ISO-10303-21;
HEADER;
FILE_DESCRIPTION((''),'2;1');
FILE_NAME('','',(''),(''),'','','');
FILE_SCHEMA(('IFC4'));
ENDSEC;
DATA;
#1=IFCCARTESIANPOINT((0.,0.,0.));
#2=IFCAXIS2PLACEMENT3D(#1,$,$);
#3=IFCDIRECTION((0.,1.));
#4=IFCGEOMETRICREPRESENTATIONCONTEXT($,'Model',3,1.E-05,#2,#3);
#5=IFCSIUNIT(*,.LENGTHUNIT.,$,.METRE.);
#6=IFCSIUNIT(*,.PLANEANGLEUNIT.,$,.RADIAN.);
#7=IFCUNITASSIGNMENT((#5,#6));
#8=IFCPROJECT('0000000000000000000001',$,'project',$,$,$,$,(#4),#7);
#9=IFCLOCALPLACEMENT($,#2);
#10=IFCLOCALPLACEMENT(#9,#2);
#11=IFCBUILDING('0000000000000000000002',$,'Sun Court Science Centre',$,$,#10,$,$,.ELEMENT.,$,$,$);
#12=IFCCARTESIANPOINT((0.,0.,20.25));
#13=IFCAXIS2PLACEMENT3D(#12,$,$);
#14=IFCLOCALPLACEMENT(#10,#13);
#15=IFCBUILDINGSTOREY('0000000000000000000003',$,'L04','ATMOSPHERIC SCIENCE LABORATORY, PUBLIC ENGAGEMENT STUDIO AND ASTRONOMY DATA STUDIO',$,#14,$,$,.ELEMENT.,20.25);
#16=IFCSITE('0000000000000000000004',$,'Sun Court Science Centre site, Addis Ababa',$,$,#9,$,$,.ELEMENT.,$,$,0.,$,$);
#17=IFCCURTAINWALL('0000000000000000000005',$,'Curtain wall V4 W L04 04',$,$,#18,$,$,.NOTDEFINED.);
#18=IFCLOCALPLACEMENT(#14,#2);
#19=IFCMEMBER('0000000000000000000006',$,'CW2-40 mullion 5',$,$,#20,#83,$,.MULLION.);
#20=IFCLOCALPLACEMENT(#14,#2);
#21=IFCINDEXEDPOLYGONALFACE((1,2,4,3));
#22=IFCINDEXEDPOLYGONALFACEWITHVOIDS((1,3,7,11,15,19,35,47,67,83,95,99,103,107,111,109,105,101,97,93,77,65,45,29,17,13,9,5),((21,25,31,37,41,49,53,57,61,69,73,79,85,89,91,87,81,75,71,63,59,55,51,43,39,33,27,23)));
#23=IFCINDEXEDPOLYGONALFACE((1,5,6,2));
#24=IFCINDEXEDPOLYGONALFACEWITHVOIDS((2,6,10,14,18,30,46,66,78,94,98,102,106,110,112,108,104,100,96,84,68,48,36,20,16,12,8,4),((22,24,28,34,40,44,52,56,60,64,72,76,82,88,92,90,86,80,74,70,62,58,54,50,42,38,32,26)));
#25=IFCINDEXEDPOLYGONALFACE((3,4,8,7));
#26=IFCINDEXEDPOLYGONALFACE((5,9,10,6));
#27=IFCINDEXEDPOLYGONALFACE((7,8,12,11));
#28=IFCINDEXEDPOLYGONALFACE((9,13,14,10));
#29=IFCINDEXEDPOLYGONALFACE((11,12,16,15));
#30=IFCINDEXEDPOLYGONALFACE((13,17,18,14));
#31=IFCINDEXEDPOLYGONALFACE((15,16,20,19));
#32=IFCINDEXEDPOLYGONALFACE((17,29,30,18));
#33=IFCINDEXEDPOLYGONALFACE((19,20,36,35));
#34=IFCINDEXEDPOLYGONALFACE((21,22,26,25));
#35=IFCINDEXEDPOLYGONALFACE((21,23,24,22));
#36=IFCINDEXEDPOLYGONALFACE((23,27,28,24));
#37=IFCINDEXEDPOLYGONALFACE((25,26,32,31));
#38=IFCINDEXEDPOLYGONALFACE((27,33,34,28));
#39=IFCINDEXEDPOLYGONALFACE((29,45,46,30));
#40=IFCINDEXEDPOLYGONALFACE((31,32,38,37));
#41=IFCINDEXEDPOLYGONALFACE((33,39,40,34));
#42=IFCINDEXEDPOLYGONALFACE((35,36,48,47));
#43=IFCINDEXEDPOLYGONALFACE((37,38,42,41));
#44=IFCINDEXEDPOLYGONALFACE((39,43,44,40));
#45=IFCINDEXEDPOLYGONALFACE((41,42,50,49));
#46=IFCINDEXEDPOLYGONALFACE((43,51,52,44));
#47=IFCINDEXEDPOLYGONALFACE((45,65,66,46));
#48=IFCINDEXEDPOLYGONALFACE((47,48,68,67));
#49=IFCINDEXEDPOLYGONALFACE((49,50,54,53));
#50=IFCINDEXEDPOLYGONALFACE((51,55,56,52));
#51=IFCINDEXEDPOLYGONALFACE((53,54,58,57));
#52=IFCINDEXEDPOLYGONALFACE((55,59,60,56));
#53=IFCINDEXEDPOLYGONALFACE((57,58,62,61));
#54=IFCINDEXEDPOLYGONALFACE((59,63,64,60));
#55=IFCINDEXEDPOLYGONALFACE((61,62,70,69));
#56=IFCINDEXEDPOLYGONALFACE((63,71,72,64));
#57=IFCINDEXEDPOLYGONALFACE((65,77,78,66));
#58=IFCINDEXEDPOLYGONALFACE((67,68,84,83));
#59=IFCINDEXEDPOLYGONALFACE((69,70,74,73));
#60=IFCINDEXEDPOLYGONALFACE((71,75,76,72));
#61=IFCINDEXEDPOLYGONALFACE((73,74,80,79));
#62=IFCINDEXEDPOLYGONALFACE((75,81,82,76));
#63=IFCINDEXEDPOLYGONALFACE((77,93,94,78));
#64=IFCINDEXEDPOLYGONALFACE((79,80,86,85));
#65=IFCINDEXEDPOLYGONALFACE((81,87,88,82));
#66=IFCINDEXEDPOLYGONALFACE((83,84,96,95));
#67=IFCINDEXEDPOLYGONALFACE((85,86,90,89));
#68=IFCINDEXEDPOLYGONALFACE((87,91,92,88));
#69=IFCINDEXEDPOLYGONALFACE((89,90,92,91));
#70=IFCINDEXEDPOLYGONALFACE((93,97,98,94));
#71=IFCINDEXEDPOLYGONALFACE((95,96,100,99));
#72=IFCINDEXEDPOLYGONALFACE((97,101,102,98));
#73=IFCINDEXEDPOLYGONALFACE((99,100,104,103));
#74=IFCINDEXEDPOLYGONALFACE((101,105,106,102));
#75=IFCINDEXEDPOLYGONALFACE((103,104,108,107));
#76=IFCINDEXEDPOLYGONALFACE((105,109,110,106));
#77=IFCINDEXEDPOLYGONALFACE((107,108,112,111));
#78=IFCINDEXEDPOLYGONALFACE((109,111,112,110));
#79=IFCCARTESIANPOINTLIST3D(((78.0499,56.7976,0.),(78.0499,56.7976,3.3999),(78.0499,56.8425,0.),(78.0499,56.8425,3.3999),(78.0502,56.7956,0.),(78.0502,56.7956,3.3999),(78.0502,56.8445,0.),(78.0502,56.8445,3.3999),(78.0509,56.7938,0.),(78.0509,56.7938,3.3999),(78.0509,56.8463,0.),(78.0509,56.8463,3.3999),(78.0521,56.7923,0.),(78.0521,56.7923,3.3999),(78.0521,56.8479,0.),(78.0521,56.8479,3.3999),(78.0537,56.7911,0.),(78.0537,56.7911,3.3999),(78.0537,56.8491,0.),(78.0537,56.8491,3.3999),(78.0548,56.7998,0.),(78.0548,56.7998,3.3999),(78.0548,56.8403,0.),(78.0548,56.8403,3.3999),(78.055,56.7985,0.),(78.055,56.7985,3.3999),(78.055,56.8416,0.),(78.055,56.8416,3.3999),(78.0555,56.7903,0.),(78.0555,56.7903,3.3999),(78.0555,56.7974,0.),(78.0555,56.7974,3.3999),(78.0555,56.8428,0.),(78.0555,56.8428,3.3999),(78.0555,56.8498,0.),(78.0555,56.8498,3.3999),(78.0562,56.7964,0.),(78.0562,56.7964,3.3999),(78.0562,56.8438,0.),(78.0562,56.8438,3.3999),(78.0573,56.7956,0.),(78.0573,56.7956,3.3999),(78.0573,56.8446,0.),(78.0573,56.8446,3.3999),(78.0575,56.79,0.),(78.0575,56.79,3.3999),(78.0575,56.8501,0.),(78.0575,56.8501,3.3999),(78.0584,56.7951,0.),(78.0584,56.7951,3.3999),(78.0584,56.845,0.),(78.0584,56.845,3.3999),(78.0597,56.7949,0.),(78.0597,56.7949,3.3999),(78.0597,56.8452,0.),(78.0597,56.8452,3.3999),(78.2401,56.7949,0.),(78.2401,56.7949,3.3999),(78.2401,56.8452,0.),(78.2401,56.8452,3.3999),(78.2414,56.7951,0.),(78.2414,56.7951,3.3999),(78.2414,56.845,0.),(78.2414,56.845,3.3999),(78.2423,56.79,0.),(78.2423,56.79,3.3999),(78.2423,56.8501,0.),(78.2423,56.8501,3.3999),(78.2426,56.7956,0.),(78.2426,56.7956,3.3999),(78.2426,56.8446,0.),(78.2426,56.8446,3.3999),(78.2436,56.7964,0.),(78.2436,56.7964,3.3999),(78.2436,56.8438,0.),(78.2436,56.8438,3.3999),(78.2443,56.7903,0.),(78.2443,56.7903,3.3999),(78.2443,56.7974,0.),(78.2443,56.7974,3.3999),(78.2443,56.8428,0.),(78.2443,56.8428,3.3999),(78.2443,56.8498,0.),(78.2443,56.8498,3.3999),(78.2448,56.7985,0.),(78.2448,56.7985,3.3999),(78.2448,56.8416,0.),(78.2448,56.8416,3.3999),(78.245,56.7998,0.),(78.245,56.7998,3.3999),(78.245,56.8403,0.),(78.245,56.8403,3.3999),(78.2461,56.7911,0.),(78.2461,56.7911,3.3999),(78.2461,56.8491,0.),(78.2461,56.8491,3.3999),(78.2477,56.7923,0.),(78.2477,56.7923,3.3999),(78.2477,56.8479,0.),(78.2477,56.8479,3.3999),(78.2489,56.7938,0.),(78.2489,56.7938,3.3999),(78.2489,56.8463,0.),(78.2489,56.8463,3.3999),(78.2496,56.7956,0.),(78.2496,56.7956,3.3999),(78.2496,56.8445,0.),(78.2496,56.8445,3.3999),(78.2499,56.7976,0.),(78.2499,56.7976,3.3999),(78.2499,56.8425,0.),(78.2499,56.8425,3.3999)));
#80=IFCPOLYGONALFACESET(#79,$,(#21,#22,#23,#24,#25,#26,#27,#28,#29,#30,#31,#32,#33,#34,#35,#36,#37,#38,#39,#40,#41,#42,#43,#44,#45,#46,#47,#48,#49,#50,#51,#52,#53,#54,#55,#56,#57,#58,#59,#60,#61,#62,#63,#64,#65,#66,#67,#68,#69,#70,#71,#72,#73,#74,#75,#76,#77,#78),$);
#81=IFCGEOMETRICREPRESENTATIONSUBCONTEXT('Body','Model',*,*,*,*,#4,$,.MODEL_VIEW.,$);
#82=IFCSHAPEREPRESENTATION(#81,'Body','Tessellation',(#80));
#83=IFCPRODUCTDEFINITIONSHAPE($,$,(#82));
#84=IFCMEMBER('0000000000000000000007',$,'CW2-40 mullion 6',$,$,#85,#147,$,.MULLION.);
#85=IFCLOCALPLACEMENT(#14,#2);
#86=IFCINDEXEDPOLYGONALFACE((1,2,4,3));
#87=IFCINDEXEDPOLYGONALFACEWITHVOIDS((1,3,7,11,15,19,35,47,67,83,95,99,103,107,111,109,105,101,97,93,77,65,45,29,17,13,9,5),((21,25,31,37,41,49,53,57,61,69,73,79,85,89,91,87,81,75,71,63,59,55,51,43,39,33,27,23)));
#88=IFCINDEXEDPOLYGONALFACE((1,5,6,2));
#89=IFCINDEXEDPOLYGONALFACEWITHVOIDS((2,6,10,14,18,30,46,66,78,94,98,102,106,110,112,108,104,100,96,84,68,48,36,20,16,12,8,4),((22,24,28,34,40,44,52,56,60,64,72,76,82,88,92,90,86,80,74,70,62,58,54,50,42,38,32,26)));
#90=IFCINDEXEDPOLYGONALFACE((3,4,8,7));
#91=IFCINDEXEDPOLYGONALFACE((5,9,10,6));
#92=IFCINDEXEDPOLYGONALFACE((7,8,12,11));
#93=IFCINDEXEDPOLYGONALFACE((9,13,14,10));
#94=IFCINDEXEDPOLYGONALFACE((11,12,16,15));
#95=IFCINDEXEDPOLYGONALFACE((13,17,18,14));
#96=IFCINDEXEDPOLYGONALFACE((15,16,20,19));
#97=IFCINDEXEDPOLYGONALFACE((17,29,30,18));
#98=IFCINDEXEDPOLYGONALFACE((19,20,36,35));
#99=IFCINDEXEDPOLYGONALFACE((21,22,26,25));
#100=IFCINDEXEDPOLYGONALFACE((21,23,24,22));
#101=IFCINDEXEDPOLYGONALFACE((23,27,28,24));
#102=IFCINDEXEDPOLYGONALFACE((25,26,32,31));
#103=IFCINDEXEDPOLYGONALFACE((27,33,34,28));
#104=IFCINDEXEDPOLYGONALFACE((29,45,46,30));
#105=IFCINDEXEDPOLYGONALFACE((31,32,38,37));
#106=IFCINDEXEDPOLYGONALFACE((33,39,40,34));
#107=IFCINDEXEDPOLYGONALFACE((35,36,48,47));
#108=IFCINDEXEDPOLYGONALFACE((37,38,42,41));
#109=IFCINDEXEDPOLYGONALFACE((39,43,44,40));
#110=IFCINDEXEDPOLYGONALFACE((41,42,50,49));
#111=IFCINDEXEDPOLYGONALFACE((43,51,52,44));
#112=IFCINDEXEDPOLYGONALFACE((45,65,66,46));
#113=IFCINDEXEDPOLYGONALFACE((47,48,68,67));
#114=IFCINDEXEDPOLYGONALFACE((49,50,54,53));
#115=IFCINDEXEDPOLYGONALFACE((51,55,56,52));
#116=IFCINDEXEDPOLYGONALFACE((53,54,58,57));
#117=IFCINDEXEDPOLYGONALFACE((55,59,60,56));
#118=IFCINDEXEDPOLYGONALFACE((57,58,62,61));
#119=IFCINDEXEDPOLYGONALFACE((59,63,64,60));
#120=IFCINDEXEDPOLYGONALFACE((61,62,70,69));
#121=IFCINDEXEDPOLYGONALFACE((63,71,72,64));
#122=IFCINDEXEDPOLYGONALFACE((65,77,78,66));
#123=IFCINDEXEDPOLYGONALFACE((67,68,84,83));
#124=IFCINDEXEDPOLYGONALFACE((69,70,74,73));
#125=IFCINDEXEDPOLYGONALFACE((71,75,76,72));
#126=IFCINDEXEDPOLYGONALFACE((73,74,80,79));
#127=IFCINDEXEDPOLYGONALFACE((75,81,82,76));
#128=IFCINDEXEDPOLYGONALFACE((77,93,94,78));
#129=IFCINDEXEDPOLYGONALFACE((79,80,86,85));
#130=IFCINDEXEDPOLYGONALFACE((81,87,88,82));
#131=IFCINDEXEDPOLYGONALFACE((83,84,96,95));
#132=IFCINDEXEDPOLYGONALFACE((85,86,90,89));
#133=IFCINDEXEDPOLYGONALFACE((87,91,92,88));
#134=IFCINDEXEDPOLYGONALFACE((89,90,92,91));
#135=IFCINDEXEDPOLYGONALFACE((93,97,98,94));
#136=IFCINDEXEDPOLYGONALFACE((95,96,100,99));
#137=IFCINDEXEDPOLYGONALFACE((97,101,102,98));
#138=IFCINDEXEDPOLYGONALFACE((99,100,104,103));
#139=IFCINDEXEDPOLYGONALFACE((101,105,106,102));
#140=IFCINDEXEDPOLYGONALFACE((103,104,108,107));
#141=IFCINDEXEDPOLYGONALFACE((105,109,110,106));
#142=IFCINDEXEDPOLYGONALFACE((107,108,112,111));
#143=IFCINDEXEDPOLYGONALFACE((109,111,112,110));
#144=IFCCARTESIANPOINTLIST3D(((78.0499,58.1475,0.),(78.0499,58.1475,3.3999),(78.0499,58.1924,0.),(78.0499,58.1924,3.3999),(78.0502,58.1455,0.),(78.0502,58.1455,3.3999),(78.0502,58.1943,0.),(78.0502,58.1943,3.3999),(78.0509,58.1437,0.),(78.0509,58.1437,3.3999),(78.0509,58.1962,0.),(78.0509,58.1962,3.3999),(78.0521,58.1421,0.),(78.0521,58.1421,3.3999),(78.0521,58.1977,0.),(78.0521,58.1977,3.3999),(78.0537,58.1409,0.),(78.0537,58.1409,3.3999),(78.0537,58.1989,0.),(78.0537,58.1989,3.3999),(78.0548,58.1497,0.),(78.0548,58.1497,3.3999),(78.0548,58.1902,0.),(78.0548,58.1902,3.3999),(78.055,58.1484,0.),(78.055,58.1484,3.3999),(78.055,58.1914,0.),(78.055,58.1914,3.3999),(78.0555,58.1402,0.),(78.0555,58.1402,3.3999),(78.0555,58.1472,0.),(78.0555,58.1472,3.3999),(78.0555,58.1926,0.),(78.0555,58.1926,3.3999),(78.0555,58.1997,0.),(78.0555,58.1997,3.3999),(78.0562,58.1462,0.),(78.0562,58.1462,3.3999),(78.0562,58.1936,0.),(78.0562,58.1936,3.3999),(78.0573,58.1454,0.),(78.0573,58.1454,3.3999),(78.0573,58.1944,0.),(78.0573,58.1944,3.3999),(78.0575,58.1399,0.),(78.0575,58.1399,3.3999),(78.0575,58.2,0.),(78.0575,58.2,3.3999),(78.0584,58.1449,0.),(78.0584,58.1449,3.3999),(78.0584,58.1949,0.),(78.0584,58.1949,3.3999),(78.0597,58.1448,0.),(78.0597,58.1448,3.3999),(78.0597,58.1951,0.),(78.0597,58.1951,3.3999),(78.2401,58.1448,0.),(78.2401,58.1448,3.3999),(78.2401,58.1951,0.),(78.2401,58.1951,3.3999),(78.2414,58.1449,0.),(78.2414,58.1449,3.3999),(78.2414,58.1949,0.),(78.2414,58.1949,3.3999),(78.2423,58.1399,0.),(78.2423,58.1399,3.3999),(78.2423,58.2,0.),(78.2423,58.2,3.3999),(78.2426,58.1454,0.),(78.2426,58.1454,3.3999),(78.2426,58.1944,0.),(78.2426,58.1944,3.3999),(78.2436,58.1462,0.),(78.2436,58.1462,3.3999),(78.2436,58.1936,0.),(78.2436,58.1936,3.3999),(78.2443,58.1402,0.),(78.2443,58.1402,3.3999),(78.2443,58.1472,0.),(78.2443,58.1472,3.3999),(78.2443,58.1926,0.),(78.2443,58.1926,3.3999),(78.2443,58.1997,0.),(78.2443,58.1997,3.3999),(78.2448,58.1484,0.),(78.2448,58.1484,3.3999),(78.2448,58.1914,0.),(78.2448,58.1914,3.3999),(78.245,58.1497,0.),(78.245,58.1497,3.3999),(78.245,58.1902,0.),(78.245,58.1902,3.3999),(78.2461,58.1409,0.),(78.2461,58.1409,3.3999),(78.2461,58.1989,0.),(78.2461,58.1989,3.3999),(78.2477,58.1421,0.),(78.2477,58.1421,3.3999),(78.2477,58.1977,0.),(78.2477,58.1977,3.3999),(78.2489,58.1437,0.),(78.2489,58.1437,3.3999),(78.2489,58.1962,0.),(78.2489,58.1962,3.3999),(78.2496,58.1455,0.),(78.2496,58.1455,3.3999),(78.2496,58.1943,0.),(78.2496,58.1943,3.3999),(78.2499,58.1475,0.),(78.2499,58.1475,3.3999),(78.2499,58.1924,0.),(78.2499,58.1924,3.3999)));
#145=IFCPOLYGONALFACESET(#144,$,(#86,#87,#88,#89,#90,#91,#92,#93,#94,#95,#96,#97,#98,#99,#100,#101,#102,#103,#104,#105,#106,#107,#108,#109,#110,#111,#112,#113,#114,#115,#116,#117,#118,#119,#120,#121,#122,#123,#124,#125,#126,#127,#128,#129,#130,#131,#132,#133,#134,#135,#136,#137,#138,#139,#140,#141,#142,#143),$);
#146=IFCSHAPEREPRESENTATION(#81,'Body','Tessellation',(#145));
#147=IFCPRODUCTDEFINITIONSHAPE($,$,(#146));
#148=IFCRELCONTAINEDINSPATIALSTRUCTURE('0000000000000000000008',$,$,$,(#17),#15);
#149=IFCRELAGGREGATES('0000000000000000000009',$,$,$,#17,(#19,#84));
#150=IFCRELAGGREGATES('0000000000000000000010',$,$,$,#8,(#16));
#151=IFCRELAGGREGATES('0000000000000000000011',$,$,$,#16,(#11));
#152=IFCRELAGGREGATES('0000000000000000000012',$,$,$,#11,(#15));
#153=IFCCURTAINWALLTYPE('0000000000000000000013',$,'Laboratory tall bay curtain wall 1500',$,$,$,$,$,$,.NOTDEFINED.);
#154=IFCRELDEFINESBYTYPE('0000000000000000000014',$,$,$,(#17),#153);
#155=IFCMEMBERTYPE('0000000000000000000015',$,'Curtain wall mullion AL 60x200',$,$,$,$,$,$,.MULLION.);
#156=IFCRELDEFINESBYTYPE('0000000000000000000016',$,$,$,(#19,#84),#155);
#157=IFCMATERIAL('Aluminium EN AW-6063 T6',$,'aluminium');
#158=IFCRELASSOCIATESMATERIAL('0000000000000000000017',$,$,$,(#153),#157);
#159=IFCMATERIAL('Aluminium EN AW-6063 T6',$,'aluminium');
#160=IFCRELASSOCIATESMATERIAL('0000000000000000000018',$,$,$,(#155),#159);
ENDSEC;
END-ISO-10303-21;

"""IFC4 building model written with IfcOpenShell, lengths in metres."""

from ifc_helpers import new_model, si_unit, direction, frame, origin, origin_2d, place, context, subcontext, project, spatial, hollow_rectangle, extrude, material, material_profile, profile_set, type_object, element, aggregate, save


model = new_model("IFC4")

# Units and contexts
model_context = context("Model", 3, precision=1e-05, world=origin(), true_north=direction((0.0, 1.0)))
body_context = subcontext(model_context, "Body", "Model", "MODEL_VIEW")
ifc_project = project(units=[si_unit("LENGTHUNIT", "METRE"), si_unit("PLANEANGLEUNIT", "RADIAN")], contexts=[model_context])

# Site, building, storey
site_placement = place(None, origin())
site = spatial("IfcSite", under=ifc_project, at=site_placement, Name="Sun Court Science Centre site, Addis Ababa", CompositionType="ELEMENT", RefElevation=0.0)
building_placement = place(site_placement, origin())
building = spatial("IfcBuilding", under=site, at=building_placement, Name="Sun Court Science Centre", CompositionType="ELEMENT")
storey_placement = place(building_placement, frame((0.0, 0.0, 20.25)))
storey = spatial("IfcBuildingStorey", under=building, at=storey_placement, Name="L04", Description="ATMOSPHERIC SCIENCE LABORATORY, PUBLIC ENGAGEMENT STUDIO AND ASTRONOMY DATA STUDIO", CompositionType="ELEMENT", Elevation=20.25)

# Curtain wall, members
ifc_material_1 = material(Name="Aluminium EN AW-6063 T6", Category="aluminium")
curtain_wall_type = type_object("IfcCurtainWallType", Name="Laboratory tall bay curtain wall 1500", PredefinedType="NOTDEFINED", material=ifc_material_1)
curtain_wall_1_placement = place(storey_placement, origin())
curtain_wall_1 = element("IfcCurtainWall", 1, at=curtain_wall_1_placement, inside=storey, type_object=curtain_wall_type, Name="Curtain wall V4 W L04 04", PredefinedType="NOTDEFINED")
ifc_material_2 = material(Name="Aluminium EN AW-6063 T6", Category="aluminium")
ifc_material_profile_1 = material_profile(ifc_material_2, hollow_rectangle(XDim=0.0601, YDim=0.2, WallThickness=0.0049, InnerFilletRadius=0.0049, OuterFilletRadius=0.0076, at=origin_2d()), Name="AL 60x200x5")
ifc_profile_set_1 = profile_set([ifc_material_profile_1], Name="Aluminium EN AW-6063 T6")
member_type_1 = type_object("IfcMemberType", Name="Curtain wall mullion AL 60x200", PredefinedType="MULLION", material=ifc_profile_set_1)
member_1_placement = place(storey_placement, frame((78.1499, 56.8201, 0.0), z_axis=(0.0, 0.0, 1.0), x_axis=(0.0, 1.0, 0.0)))
member_1 = element("IfcMember", 2, at=member_1_placement, type_object=member_type_1, Name="CW2-40 mullion 5", PredefinedType="MULLION", context=body_context, shape_type="SweptSolid", body=[
    extrude(hollow_rectangle(XDim=0.0601, YDim=0.2, WallThickness=0.0049, InnerFilletRadius=0.0049, OuterFilletRadius=0.0076, at=origin_2d()), origin(), (0.0, 0.0, 1.0), 3.3999),
])
member_2_placement = place(storey_placement, frame((78.1499, 58.1699, 0.0), z_axis=(0.0, 0.0, 1.0), x_axis=(0.0, 1.0, 0.0)))
member_2 = element("IfcMember", 3, at=member_2_placement, type_object=member_type_1, Name="CW2-40 mullion 6", PredefinedType="MULLION", context=body_context, shape_type="SweptSolid", body=[
    extrude(hollow_rectangle(XDim=0.0601, YDim=0.2, WallThickness=0.0049, InnerFilletRadius=0.0049, OuterFilletRadius=0.0076, at=origin_2d()), origin(), (0.0, 0.0, 1.0), 3.3999),
])

aggregate(curtain_wall_1, [member_1, member_2])

save(model, "model.ifc")
